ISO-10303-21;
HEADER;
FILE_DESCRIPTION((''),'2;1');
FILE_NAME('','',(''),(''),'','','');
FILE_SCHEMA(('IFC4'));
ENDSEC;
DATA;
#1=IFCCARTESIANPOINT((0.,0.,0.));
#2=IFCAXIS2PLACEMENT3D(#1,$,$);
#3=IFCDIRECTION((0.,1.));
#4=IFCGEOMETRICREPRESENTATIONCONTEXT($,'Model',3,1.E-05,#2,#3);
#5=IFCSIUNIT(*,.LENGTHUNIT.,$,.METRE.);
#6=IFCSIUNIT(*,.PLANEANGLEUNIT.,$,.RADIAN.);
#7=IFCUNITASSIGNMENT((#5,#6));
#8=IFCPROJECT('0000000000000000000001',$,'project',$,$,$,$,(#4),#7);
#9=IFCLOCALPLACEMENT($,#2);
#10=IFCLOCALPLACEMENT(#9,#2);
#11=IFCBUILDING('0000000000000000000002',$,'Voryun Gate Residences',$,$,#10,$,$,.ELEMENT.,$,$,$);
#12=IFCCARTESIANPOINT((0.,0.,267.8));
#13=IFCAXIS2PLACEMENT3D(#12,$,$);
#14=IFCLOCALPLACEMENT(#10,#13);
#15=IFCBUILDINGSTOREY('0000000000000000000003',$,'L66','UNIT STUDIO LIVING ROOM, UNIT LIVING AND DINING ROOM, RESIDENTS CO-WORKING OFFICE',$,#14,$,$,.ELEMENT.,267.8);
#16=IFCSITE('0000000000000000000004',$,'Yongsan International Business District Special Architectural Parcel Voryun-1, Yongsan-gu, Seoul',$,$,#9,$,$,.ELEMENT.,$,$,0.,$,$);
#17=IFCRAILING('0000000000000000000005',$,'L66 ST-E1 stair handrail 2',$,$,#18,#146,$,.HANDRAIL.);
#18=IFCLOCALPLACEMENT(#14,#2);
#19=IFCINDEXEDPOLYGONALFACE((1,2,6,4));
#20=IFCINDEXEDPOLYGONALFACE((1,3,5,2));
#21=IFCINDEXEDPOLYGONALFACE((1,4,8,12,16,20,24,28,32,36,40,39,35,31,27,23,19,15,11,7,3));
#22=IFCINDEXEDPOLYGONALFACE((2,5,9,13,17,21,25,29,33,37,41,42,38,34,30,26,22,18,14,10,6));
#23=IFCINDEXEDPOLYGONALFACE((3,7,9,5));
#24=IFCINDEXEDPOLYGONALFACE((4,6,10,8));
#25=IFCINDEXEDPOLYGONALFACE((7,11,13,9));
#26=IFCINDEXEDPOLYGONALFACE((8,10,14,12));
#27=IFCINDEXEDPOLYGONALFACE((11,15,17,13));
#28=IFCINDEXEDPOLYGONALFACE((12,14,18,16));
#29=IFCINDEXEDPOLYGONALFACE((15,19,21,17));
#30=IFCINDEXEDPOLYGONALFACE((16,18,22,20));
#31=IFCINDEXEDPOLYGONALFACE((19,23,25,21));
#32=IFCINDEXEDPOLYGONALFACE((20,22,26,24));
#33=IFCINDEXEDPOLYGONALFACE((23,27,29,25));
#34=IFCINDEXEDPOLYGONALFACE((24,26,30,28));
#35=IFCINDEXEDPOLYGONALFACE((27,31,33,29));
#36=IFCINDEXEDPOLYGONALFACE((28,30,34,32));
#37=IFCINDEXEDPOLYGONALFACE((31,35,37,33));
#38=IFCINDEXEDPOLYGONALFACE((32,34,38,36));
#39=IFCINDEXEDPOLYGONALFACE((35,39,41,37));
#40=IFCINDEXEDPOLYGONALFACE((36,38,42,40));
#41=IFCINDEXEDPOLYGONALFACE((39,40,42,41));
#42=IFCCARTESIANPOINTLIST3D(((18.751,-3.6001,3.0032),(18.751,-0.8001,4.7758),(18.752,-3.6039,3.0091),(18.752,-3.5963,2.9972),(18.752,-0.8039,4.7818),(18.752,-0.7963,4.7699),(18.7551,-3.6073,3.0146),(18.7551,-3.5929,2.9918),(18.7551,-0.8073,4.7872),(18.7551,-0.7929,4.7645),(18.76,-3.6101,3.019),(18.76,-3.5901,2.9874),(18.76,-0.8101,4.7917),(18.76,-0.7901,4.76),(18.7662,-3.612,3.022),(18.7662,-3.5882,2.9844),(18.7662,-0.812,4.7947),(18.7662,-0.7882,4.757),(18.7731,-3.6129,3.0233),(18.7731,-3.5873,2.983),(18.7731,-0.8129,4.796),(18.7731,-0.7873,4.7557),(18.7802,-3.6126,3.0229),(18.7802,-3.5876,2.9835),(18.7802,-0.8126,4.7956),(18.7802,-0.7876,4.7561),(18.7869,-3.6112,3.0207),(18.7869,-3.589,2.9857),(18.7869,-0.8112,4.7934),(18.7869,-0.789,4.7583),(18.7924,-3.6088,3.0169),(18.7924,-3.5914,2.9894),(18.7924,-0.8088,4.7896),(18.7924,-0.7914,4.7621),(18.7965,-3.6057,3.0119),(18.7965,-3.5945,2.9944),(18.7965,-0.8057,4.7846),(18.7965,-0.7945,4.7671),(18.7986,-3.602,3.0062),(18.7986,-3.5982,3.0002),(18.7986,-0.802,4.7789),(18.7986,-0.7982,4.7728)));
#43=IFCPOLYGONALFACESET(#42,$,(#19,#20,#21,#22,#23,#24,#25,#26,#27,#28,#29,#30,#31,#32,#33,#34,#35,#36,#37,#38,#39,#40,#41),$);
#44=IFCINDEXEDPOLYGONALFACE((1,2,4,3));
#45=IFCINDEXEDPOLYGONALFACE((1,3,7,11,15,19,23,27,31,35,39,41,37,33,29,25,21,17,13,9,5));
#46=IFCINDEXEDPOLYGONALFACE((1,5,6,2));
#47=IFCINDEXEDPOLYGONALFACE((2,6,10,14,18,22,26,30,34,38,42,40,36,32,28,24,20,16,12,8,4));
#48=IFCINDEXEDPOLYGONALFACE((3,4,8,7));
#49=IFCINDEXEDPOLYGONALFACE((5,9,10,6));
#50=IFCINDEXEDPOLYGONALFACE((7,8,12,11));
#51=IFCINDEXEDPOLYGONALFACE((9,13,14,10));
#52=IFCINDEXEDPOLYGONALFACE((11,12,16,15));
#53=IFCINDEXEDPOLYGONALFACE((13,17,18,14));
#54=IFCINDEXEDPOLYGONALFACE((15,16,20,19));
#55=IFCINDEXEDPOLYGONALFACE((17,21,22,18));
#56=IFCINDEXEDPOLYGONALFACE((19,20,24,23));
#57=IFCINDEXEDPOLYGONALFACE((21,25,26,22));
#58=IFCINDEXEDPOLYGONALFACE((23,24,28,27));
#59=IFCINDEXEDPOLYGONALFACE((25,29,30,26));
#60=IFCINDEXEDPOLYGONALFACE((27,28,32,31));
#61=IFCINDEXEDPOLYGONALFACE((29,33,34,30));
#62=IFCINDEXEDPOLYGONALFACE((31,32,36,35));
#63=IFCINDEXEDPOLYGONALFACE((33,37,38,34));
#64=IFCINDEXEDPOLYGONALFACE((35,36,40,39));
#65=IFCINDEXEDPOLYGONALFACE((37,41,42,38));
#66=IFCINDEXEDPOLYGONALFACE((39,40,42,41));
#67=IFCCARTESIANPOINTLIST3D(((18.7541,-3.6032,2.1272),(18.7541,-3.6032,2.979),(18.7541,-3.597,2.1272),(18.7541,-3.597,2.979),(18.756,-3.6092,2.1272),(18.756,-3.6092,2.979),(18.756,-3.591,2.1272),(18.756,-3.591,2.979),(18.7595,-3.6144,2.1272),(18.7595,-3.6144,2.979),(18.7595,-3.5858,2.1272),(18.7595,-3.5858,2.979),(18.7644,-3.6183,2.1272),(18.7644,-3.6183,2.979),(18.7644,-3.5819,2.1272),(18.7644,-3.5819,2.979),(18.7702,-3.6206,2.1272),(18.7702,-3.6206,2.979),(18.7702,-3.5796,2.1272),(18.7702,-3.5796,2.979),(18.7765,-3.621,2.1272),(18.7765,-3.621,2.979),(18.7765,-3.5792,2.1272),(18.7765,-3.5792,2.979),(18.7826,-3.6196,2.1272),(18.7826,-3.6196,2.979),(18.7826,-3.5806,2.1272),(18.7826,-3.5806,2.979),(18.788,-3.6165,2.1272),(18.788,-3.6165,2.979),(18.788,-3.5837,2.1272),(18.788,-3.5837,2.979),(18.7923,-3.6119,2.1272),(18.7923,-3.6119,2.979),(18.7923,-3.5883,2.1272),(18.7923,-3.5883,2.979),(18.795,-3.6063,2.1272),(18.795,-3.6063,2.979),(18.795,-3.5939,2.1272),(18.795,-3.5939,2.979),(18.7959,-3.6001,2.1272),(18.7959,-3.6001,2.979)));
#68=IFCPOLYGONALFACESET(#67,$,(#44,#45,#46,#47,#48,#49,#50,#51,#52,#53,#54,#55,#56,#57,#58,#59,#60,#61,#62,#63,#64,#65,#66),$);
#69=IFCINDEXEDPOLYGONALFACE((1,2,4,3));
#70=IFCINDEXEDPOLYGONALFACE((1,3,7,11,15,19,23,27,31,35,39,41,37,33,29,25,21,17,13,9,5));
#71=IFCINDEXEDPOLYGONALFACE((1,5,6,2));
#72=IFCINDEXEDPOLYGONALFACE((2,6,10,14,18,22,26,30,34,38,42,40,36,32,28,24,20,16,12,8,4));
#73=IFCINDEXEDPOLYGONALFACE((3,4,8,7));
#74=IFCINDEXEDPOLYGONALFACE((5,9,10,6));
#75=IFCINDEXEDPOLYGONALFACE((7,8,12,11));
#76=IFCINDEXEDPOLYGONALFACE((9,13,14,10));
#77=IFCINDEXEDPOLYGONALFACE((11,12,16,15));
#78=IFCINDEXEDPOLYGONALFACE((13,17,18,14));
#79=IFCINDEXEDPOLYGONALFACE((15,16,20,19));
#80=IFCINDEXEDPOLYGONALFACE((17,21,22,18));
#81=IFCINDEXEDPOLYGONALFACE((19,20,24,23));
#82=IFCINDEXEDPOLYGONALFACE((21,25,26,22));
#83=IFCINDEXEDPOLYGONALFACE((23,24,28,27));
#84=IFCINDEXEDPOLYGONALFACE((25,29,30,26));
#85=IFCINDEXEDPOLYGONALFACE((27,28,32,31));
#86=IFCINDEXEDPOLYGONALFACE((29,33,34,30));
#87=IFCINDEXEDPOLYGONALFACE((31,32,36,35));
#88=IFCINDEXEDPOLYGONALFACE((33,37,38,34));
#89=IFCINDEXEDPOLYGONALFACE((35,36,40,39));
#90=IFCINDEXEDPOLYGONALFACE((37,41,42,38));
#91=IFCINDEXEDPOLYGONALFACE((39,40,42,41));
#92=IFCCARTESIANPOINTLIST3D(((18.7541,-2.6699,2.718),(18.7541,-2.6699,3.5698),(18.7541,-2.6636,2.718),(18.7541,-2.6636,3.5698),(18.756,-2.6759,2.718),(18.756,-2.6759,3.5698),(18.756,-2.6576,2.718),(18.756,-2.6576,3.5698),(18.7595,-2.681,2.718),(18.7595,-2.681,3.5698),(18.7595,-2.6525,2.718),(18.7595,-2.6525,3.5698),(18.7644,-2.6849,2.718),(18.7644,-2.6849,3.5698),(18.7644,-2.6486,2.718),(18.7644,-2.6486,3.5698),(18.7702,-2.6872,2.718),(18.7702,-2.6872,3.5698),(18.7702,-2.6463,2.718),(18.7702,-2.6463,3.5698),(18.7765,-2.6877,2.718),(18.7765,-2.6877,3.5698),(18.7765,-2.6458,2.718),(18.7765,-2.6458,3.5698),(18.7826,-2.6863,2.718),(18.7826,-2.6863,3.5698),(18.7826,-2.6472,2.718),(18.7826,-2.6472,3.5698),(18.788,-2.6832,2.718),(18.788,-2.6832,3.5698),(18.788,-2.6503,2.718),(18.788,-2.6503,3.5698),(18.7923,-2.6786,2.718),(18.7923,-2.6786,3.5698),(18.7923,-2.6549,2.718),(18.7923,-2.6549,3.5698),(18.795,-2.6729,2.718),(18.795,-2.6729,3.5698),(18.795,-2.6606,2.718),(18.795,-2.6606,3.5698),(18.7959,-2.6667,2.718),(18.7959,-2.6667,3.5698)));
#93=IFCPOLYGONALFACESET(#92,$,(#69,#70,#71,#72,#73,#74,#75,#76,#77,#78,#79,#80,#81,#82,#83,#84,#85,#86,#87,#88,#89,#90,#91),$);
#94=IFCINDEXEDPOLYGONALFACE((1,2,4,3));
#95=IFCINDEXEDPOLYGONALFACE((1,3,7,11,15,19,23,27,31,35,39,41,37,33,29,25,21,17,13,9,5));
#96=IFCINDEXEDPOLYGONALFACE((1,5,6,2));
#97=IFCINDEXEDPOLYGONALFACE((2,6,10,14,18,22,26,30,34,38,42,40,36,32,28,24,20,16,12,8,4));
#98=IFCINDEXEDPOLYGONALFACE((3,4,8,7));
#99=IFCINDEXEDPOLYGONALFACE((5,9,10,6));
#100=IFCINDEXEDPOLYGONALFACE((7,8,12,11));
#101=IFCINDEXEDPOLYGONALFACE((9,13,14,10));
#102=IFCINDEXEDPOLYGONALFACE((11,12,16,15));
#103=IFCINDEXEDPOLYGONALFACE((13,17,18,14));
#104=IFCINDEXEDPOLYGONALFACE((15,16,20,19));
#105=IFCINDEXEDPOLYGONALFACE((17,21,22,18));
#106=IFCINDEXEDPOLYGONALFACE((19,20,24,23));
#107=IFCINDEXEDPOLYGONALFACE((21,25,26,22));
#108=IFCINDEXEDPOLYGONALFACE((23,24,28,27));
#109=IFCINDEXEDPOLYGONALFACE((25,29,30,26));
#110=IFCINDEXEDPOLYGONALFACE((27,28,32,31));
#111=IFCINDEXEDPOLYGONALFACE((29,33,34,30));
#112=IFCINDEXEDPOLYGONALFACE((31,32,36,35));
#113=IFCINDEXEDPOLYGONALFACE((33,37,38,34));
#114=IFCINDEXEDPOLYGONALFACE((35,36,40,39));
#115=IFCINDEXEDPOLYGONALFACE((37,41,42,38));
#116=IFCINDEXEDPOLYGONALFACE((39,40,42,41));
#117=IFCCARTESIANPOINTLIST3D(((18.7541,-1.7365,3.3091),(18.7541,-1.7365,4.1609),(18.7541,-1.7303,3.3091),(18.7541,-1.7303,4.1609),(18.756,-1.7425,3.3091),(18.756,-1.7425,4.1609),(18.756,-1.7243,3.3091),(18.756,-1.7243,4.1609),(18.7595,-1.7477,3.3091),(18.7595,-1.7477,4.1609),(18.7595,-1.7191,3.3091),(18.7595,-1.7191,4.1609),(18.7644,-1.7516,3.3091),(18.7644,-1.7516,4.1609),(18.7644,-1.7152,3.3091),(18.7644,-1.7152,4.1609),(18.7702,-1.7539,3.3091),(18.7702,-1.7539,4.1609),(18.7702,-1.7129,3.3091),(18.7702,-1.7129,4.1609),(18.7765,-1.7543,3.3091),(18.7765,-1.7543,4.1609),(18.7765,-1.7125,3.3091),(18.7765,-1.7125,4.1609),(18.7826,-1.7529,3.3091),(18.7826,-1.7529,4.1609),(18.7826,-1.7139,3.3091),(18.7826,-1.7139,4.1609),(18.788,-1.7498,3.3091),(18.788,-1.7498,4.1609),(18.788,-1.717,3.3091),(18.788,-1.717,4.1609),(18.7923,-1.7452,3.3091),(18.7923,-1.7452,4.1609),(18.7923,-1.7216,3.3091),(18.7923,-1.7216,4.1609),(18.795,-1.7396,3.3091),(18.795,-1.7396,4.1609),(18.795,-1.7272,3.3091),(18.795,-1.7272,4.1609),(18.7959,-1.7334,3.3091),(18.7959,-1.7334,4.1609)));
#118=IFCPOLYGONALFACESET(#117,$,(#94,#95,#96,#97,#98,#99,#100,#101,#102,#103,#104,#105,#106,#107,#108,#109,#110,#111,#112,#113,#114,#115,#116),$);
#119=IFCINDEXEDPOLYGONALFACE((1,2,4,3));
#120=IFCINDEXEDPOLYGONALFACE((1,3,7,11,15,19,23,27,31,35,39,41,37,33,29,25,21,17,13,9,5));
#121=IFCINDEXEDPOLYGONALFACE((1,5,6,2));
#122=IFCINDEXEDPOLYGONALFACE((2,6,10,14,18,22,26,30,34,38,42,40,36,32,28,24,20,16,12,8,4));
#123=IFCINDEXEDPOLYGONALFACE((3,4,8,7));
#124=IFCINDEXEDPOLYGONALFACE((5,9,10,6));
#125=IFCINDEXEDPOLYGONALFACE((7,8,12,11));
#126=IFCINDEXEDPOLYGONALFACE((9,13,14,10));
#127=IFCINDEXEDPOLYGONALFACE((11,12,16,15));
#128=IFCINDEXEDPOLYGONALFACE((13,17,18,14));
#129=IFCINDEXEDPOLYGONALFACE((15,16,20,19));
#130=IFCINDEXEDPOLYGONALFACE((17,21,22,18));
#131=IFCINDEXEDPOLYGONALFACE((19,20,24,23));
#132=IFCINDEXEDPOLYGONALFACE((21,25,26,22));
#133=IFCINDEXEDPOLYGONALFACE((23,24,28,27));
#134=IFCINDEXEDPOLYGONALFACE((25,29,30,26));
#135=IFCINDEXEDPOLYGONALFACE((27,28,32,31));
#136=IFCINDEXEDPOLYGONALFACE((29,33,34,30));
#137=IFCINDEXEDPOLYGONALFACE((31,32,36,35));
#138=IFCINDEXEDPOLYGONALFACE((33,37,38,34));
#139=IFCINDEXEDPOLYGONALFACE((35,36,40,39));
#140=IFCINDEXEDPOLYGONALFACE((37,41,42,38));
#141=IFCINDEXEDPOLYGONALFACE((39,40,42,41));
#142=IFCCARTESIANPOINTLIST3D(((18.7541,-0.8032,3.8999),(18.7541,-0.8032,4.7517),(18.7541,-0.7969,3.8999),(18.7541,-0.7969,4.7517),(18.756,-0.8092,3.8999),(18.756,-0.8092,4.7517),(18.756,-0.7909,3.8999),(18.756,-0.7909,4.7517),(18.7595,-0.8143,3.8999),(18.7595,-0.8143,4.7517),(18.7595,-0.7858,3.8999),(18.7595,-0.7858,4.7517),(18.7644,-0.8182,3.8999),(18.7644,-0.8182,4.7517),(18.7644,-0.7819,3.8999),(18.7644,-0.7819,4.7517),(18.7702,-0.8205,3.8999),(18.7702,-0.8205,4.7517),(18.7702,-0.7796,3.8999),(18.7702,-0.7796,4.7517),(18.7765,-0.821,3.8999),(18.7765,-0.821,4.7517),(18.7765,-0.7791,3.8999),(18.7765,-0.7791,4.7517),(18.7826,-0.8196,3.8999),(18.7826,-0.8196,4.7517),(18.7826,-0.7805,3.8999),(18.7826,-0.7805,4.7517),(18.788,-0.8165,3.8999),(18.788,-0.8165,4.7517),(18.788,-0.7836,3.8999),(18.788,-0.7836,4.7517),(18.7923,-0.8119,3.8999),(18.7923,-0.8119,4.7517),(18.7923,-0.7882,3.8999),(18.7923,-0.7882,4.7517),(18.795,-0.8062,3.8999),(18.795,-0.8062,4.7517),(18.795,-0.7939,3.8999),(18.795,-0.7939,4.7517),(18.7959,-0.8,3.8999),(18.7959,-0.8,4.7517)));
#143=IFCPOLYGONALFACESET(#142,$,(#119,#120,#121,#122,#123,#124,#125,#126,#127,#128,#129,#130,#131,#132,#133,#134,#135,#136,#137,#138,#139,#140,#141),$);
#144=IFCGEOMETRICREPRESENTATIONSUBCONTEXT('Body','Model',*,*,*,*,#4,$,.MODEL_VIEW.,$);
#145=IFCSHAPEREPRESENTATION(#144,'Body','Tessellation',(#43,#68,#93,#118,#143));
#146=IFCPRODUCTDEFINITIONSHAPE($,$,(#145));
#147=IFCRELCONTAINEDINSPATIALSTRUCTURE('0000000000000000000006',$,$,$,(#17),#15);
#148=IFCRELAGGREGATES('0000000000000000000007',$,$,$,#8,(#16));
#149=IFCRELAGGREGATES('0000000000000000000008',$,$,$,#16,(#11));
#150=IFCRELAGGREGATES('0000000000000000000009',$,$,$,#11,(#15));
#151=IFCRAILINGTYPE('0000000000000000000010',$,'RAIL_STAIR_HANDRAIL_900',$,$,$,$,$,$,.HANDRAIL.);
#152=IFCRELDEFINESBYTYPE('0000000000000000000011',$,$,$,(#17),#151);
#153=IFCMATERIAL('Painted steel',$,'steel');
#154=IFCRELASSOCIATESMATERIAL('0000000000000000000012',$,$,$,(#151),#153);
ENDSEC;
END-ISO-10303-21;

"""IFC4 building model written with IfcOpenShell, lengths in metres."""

from ifc_helpers import new_model, si_unit, direction, frame, origin, origin_2d, place, context, subcontext, project, spatial, circle, extrude, material, type_object, element, save


model = new_model("IFC4")

# Units and contexts
model_context = context("Model", 3, precision=1e-05, world=origin(), true_north=direction((0.0, 1.0)))
body_context = subcontext(model_context, "Body", "Model", "MODEL_VIEW")
ifc_project = project(units=[si_unit("LENGTHUNIT", "METRE"), si_unit("PLANEANGLEUNIT", "RADIAN")], contexts=[model_context])

# Site, building, storey
site_placement = place(None, origin())
site = spatial("IfcSite", under=ifc_project, at=site_placement, Name="Yongsan International Business District Special Architectural Parcel Voryun-1, Yongsan-gu, Seoul", CompositionType="ELEMENT", RefElevation=0.0)
building_placement = place(site_placement, origin())
building = spatial("IfcBuilding", under=site, at=building_placement, Name="Voryun Gate Residences", CompositionType="ELEMENT")
storey_placement = place(building_placement, frame((0.0, 0.0, 267.8)))
storey = spatial("IfcBuildingStorey", under=building, at=storey_placement, Name="L66", Description="UNIT STUDIO LIVING ROOM, UNIT LIVING AND DINING ROOM, RESIDENTS CO-WORKING OFFICE", CompositionType="ELEMENT", Elevation=267.8)

# Railing
ifc_material_1 = material(Name="Painted steel", Category="steel")
railing_type_1 = type_object("IfcRailingType", Name="RAIL_STAIR_HANDRAIL_900", PredefinedType="HANDRAIL", material=ifc_material_1)
railing_1_placement = place(storey_placement, frame((18.7749, -3.6001, 2.1272)))
element("IfcRailing", 1, at=railing_1_placement, inside=storey, type_object=railing_type_1, Name="L66 ST-E1 stair handrail 2", PredefinedType="HANDRAIL", context=body_context, shape_type="SweptSolid", body=[
    extrude(circle(Radius=0.0239, at=origin_2d()), frame((0.0, 0.0, 0.876), z_axis=(0.0, 0.844909, 0.53491), x_axis=(-1.0, 0.0, 0.0)), (0.0, 0.0, 1.0), 3.314),
    extrude(circle(Radius=0.021, at=origin_2d()), origin(), (0.0, 0.0, 1.0), 0.8518),
    extrude(circle(Radius=0.021, at=origin_2d()), frame((0.0, 0.9333, 0.5908)), (0.0, 0.0, 1.0), 0.8518),
    extrude(circle(Radius=0.021, at=origin_2d()), frame((0.0, 1.8667, 1.1819)), (0.0, 0.0, 1.0), 0.8518),
    extrude(circle(Radius=0.021, at=origin_2d()), frame((0.0, 2.8, 1.7727)), (0.0, 0.0, 1.0), 0.8518),
])

save(model, "model.ifc")
